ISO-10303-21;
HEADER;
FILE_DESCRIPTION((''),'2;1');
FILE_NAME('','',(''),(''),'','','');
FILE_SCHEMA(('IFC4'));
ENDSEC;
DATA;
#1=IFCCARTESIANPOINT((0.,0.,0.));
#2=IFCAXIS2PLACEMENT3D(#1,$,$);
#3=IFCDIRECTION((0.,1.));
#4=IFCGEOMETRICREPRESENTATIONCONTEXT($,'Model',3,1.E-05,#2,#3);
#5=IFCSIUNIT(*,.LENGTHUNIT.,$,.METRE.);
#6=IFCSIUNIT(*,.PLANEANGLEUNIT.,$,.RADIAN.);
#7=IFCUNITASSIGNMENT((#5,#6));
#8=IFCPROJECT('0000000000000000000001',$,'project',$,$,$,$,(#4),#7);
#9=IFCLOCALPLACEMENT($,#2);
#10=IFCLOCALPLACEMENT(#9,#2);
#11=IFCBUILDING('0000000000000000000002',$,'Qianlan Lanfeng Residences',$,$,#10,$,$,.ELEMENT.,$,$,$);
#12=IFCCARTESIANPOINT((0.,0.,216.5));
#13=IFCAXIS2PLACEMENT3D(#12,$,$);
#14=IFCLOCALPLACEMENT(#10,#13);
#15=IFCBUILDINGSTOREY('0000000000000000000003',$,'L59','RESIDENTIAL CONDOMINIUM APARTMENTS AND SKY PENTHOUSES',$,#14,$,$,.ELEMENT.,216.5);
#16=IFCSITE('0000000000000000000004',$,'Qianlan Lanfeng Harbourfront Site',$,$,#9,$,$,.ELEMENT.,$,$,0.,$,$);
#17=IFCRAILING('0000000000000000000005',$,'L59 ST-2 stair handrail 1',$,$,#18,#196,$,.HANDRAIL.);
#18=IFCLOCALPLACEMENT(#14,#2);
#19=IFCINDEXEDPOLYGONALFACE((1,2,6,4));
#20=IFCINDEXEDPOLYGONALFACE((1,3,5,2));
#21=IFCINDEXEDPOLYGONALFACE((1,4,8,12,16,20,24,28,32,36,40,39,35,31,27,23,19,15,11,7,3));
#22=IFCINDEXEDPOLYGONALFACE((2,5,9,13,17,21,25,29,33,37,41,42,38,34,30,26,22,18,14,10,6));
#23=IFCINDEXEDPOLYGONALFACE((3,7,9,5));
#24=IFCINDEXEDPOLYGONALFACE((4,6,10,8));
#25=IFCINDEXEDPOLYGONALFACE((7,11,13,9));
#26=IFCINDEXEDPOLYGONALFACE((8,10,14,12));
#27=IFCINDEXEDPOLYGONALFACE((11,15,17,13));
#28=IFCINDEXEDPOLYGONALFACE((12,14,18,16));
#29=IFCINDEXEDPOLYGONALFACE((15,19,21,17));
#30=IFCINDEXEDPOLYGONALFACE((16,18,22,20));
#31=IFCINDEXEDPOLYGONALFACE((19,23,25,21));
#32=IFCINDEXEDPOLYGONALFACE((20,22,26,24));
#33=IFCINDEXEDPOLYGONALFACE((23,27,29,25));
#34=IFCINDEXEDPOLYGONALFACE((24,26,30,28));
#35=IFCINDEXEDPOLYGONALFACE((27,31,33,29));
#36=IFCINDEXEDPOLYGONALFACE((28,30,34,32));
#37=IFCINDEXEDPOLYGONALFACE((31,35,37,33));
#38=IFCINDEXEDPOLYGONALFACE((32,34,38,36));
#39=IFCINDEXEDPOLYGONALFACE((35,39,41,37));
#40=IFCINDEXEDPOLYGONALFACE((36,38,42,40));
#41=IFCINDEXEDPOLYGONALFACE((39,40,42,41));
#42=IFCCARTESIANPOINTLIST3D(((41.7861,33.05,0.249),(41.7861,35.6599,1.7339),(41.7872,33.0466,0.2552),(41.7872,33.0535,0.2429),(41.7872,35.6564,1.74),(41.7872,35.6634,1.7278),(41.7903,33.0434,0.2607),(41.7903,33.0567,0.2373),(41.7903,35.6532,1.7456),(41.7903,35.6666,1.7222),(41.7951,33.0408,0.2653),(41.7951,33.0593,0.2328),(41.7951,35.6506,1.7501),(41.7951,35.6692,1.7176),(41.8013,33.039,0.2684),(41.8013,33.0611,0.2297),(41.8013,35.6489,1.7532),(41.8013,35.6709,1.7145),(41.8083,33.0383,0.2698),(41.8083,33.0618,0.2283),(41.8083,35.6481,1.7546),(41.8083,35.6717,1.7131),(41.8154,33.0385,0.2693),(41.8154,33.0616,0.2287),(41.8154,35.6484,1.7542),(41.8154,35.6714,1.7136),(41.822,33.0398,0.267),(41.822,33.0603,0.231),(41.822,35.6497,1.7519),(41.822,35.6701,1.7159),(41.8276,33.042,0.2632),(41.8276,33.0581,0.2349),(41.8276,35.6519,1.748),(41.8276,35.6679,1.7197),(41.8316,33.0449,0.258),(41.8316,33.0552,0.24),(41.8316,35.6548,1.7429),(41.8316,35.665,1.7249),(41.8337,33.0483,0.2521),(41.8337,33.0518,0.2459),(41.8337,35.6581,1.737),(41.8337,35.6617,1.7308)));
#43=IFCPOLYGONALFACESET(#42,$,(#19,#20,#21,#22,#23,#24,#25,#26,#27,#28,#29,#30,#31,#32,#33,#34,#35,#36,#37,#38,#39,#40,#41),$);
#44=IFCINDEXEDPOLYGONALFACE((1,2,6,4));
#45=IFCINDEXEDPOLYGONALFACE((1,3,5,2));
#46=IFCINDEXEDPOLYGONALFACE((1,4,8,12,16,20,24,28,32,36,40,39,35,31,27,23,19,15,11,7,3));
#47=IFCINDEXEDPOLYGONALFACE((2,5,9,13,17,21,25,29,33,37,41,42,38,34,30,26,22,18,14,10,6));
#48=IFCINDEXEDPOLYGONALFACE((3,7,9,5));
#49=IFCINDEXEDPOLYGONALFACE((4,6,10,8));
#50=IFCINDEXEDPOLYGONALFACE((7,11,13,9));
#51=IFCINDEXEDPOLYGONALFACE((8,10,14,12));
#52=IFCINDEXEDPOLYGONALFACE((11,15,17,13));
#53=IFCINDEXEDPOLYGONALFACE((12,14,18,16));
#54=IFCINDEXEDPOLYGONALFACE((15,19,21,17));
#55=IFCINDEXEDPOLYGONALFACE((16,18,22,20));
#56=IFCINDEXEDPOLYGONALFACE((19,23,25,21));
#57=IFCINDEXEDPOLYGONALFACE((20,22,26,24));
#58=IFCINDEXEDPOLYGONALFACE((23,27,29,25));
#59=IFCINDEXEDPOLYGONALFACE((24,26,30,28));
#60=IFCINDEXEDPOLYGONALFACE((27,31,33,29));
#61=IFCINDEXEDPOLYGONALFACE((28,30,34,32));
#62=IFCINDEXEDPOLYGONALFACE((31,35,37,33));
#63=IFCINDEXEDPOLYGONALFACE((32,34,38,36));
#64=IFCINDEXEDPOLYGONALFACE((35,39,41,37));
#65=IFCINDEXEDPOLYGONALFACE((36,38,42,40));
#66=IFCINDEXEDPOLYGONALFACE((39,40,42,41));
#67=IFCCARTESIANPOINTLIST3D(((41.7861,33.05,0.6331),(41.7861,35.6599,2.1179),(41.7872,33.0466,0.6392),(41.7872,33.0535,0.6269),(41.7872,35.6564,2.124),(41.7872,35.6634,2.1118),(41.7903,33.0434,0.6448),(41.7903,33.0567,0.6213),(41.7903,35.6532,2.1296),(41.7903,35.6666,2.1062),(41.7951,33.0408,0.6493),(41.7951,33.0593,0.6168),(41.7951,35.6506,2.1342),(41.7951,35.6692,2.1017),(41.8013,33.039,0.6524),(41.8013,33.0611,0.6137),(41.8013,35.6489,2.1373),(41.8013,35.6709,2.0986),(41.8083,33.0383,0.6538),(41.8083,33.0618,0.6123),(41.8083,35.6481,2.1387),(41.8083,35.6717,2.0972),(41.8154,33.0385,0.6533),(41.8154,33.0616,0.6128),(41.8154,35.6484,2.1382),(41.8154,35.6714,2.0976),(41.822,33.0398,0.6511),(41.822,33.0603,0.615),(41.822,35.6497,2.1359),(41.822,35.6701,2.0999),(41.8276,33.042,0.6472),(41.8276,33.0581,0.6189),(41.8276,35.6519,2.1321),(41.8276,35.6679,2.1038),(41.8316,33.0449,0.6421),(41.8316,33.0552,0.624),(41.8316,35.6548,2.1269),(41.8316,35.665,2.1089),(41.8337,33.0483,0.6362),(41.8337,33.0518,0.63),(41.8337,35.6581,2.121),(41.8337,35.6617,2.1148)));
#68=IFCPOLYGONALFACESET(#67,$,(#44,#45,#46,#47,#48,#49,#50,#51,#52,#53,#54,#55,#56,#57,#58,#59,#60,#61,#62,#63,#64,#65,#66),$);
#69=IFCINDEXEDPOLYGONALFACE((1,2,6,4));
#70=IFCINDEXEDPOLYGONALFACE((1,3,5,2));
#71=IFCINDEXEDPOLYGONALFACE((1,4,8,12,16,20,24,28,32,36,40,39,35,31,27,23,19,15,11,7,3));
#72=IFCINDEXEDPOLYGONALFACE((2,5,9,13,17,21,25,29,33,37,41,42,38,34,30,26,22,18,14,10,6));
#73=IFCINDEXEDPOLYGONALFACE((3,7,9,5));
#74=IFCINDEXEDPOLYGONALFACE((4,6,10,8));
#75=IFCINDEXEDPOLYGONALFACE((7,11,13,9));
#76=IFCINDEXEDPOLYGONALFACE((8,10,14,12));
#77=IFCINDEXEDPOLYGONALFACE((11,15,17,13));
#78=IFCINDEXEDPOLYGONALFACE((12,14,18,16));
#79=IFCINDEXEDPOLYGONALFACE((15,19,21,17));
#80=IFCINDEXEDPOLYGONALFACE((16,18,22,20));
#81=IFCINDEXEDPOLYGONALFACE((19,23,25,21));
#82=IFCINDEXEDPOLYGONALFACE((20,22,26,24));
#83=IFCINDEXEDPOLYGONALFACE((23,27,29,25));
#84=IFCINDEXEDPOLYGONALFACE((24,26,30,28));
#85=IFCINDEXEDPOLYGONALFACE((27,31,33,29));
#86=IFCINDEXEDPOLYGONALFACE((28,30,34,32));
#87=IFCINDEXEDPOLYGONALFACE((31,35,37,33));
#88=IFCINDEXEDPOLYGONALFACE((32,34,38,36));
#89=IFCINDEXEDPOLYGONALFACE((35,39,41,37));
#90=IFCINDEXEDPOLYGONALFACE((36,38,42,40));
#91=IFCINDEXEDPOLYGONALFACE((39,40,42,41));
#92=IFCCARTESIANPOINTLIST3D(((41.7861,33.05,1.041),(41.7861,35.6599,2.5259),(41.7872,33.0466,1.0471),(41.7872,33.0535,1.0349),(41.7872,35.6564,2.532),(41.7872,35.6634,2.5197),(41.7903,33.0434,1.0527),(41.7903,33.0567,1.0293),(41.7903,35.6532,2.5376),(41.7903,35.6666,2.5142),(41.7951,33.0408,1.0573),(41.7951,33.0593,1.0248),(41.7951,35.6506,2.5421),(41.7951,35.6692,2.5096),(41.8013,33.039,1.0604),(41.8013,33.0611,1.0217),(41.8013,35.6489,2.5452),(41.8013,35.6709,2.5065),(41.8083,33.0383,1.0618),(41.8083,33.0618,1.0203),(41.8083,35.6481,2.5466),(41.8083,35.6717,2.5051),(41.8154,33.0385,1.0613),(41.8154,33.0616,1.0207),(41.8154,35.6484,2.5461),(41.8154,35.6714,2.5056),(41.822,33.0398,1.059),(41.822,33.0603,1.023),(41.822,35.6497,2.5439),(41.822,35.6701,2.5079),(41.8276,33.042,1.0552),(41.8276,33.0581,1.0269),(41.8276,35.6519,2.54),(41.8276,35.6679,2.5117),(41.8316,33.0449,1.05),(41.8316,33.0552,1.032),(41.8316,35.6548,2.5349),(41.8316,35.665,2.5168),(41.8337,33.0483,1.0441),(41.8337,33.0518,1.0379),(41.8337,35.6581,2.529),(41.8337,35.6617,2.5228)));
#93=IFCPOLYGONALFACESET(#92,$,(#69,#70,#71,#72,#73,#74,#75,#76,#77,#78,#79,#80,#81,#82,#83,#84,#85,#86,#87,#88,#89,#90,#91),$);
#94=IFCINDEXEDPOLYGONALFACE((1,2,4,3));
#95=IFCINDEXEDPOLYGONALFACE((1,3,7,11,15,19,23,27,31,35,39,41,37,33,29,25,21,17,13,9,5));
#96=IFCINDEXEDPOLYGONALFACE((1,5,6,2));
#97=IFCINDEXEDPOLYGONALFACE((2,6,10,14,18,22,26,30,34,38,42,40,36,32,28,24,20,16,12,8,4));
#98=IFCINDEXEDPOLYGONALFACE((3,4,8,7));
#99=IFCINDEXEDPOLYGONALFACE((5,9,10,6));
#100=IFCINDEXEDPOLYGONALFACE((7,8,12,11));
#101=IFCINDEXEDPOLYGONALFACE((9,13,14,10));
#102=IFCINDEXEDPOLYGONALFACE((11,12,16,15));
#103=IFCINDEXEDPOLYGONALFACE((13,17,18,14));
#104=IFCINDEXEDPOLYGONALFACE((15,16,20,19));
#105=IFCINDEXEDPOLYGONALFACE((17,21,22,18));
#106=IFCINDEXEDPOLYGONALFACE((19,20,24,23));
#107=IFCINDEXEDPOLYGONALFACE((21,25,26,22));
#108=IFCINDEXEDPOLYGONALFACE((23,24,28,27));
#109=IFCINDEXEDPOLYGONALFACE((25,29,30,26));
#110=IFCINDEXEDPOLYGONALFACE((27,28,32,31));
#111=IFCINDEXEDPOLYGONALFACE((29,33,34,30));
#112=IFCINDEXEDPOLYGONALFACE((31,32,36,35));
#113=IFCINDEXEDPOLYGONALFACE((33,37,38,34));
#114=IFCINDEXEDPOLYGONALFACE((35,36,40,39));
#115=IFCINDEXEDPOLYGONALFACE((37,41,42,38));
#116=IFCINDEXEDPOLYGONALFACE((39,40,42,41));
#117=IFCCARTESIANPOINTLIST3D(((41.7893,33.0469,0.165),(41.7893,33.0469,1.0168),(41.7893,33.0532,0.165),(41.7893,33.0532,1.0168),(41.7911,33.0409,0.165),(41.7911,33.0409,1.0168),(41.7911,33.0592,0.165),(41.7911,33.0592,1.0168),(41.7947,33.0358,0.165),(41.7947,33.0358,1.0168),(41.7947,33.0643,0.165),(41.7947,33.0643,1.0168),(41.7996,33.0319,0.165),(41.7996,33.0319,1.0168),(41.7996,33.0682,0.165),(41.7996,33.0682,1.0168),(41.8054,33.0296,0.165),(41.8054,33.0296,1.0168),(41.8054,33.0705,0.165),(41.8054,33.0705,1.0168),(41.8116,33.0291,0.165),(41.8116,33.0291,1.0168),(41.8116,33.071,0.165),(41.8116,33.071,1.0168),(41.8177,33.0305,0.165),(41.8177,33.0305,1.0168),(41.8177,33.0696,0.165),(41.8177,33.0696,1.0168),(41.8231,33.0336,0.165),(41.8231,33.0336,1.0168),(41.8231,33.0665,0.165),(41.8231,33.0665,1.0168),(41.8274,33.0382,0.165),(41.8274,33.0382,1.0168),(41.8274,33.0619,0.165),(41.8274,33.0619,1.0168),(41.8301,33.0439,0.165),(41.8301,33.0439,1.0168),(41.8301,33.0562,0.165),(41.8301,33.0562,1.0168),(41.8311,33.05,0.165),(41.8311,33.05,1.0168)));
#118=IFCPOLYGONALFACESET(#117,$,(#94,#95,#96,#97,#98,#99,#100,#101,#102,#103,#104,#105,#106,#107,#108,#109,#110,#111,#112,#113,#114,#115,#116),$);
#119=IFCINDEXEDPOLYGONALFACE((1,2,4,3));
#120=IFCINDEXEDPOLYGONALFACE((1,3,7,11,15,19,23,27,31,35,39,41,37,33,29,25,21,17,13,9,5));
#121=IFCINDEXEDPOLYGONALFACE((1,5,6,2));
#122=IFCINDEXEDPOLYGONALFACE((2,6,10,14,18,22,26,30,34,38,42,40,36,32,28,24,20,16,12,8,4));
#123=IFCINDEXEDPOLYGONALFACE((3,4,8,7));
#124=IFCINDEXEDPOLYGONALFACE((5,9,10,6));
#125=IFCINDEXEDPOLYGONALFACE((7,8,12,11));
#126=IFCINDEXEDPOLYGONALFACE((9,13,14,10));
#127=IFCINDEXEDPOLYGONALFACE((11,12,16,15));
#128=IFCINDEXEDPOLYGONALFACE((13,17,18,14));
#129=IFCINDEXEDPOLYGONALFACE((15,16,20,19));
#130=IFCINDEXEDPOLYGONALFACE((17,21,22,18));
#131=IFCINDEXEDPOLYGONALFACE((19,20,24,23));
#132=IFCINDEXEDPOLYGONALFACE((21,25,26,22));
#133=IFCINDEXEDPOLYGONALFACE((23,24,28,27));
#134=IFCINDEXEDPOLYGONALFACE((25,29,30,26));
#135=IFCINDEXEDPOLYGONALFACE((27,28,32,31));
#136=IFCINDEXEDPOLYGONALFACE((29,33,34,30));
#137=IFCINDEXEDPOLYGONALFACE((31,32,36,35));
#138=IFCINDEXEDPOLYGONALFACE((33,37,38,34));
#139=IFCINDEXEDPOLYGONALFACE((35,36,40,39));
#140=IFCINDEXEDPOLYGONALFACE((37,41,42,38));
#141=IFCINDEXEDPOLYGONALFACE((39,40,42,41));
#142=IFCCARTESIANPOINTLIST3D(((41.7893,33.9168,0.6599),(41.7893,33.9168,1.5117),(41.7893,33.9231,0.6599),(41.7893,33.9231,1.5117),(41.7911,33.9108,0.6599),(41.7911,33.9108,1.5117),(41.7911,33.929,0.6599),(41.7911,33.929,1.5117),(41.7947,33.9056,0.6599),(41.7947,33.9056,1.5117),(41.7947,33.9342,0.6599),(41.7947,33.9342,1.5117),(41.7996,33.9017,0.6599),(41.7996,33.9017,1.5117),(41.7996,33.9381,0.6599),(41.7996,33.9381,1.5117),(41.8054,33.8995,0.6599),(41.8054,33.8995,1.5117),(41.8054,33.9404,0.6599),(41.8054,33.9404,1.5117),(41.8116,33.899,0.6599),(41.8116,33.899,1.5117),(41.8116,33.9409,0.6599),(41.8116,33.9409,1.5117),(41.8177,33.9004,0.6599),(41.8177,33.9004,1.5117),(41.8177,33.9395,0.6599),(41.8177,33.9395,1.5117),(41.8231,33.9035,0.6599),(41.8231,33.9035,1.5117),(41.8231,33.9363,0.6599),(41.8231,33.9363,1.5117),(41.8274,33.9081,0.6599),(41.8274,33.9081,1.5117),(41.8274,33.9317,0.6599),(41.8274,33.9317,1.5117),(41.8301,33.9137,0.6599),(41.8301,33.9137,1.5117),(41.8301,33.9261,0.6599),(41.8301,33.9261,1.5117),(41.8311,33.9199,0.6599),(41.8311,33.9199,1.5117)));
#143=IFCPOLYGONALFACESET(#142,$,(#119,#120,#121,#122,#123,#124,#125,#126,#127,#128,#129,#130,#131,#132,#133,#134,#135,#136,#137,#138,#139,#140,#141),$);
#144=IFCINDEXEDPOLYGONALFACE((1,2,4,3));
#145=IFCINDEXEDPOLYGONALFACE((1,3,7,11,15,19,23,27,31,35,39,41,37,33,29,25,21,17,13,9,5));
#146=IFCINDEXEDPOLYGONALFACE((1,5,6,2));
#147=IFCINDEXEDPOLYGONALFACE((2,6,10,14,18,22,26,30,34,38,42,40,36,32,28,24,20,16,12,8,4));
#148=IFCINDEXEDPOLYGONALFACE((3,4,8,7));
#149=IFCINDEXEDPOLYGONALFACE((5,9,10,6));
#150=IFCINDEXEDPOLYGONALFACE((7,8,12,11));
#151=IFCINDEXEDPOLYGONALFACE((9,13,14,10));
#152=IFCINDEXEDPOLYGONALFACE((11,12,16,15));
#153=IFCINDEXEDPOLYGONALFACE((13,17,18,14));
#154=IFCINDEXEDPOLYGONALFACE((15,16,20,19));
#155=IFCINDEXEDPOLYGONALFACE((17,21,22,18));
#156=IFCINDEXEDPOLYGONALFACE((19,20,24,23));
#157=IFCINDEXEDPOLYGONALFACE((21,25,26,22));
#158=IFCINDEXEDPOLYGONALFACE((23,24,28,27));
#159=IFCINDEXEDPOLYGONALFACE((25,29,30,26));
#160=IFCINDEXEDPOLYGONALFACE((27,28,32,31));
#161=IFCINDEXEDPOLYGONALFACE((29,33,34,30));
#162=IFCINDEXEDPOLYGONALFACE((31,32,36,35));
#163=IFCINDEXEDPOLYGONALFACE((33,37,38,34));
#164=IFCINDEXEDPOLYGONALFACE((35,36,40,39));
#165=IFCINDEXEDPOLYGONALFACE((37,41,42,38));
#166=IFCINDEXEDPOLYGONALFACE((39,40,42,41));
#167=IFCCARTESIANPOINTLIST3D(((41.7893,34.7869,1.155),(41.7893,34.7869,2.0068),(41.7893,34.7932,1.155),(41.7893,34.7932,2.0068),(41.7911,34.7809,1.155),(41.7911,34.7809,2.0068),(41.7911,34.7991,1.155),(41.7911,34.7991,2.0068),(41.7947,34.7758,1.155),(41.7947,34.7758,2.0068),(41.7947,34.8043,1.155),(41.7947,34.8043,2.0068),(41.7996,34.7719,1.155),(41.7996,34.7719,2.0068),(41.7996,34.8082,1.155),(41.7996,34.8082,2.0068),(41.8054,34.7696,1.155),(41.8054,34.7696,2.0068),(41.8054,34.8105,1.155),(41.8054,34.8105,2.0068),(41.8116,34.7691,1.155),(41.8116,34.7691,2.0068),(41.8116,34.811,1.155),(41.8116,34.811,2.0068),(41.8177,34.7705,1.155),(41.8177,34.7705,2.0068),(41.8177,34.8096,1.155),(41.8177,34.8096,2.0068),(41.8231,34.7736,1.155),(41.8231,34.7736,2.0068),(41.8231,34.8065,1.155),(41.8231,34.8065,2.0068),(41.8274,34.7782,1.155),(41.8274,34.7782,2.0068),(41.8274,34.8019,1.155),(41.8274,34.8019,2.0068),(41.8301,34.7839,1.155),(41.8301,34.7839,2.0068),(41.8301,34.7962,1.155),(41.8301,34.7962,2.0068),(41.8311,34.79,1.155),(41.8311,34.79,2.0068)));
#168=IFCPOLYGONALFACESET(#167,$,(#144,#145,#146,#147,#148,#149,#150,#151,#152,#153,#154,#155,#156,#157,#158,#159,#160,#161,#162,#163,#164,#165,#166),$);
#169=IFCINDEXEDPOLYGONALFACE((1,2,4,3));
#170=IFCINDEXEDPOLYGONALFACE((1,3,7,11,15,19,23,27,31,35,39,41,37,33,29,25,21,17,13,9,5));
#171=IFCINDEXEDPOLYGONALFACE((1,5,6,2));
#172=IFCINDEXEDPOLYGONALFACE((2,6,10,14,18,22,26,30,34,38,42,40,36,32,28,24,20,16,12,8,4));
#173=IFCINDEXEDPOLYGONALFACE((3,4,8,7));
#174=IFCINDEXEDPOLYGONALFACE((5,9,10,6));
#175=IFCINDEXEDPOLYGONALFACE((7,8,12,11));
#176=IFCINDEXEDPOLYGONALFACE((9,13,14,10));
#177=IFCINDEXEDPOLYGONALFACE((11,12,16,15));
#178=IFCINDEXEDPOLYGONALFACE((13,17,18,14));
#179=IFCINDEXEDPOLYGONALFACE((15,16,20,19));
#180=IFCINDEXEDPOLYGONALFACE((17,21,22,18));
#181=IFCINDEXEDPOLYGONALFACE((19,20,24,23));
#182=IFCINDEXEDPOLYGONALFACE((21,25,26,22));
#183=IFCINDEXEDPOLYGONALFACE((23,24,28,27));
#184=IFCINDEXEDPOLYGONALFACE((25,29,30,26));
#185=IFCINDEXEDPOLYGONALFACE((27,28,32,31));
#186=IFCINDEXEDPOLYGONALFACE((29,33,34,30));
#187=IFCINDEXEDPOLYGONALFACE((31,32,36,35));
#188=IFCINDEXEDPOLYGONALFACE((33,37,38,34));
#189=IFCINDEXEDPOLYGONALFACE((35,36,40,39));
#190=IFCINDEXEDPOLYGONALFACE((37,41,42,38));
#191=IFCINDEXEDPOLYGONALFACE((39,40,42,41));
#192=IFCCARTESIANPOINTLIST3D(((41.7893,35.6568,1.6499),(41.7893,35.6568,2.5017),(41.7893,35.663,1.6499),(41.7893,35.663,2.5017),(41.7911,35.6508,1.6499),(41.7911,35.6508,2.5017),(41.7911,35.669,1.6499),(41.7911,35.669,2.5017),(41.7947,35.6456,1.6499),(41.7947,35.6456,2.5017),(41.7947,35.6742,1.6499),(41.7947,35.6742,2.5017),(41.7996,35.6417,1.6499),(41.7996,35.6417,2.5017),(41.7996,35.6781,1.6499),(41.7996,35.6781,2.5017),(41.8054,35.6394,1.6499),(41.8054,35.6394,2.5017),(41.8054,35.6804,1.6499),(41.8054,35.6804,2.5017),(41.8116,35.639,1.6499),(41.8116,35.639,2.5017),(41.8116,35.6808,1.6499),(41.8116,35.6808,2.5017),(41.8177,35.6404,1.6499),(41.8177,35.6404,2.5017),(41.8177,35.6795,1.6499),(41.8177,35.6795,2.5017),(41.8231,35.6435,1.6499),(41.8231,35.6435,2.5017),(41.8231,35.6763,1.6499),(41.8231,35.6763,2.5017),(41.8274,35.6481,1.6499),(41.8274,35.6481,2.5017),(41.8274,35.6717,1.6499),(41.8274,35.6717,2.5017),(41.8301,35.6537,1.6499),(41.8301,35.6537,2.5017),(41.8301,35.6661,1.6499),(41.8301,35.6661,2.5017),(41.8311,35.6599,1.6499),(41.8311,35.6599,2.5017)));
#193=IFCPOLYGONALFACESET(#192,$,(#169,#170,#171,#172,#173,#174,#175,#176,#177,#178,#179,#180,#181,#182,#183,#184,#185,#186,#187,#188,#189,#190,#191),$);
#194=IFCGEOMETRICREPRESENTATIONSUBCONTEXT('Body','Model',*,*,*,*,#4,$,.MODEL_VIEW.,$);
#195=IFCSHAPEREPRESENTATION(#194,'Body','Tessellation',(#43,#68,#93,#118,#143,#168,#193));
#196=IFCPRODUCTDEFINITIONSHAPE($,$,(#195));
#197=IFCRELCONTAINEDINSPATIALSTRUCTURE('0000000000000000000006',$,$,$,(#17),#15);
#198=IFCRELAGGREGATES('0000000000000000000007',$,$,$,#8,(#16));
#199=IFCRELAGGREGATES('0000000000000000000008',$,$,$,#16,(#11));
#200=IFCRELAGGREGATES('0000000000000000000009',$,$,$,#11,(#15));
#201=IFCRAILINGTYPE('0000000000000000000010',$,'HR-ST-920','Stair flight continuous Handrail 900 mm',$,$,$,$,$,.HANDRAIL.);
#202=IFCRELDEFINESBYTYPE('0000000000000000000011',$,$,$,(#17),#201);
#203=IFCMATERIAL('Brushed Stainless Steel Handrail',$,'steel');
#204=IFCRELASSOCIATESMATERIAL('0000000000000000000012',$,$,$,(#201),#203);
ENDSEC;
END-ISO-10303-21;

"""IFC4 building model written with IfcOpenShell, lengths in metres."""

from ifc_helpers import new_model, si_unit, direction, frame, origin, origin_2d, place, context, subcontext, project, spatial, circle, extrude, material, type_object, element, save


model = new_model("IFC4")

# Units and contexts
model_context = context("Model", 3, precision=1e-05, world=origin(), true_north=direction((0.0, 1.0)))
body_context = subcontext(model_context, "Body", "Model", "MODEL_VIEW")
ifc_project = project(units=[si_unit("LENGTHUNIT", "METRE"), si_unit("PLANEANGLEUNIT", "RADIAN")], contexts=[model_context])

# Site, building, storey
site_placement = place(None, origin())
site = spatial("IfcSite", under=ifc_project, at=site_placement, Name="Qianlan Lanfeng Harbourfront Site", CompositionType="ELEMENT", RefElevation=0.0)
building_placement = place(site_placement, origin())
building = spatial("IfcBuilding", under=site, at=building_placement, Name="Qianlan Lanfeng Residences", CompositionType="ELEMENT")
storey_placement = place(building_placement, frame((0.0, 0.0, 216.5)))
storey = spatial("IfcBuildingStorey", under=building, at=storey_placement, Name="L59", Description="RESIDENTIAL CONDOMINIUM APARTMENTS AND SKY PENTHOUSES", CompositionType="ELEMENT", Elevation=216.5)

# Railing
ifc_material_1 = material(Name="Brushed Stainless Steel Handrail", Category="steel")
railing_type_1 = type_object("IfcRailingType", Name="HR-ST-920", Description="Stair flight continuous Handrail 900 mm", PredefinedType="HANDRAIL", material=ifc_material_1)
railing_1_placement = place(storey_placement, frame((41.8101, 33.05, 0.165)))
element("IfcRailing", 1, at=railing_1_placement, inside=storey, type_object=railing_type_1, Name="L59 ST-2 stair handrail 1", PredefinedType="HANDRAIL", context=body_context, shape_type="SweptSolid", body=[
    extrude(circle(Radius=0.0239, at=origin_2d()), frame((0.0, 0.0, 0.084), z_axis=(0.0, 0.869172, 0.494509), x_axis=(-1.0, 0.0, 0.0)), (0.0, 0.0, 1.0), 3.0027),
    extrude(circle(Radius=0.0239, at=origin_2d()), frame((0.0, 0.0, 0.468), z_axis=(0.0, 0.869172, 0.494509), x_axis=(-1.0, 0.0, 0.0)), (0.0, 0.0, 1.0), 3.0027),
    extrude(circle(Radius=0.0239, at=origin_2d()), frame((0.0, 0.0, 0.876), z_axis=(0.0, 0.869172, 0.494509), x_axis=(-1.0, 0.0, 0.0)), (0.0, 0.0, 1.0), 3.0027),
    extrude(circle(Radius=0.021, at=origin_2d()), origin(), (0.0, 0.0, 1.0), 0.8518),
    extrude(circle(Radius=0.021, at=origin_2d()), frame((0.0, 0.8699, 0.4949)), (0.0, 0.0, 1.0), 0.8518),
    extrude(circle(Radius=0.021, at=origin_2d()), frame((0.0, 1.74, 0.99)), (0.0, 0.0, 1.0), 0.8518),
    extrude(circle(Radius=0.021, at=origin_2d()), frame((0.0, 2.6099, 1.4849)), (0.0, 0.0, 1.0), 0.8518),
])

save(model, "model.ifc")
